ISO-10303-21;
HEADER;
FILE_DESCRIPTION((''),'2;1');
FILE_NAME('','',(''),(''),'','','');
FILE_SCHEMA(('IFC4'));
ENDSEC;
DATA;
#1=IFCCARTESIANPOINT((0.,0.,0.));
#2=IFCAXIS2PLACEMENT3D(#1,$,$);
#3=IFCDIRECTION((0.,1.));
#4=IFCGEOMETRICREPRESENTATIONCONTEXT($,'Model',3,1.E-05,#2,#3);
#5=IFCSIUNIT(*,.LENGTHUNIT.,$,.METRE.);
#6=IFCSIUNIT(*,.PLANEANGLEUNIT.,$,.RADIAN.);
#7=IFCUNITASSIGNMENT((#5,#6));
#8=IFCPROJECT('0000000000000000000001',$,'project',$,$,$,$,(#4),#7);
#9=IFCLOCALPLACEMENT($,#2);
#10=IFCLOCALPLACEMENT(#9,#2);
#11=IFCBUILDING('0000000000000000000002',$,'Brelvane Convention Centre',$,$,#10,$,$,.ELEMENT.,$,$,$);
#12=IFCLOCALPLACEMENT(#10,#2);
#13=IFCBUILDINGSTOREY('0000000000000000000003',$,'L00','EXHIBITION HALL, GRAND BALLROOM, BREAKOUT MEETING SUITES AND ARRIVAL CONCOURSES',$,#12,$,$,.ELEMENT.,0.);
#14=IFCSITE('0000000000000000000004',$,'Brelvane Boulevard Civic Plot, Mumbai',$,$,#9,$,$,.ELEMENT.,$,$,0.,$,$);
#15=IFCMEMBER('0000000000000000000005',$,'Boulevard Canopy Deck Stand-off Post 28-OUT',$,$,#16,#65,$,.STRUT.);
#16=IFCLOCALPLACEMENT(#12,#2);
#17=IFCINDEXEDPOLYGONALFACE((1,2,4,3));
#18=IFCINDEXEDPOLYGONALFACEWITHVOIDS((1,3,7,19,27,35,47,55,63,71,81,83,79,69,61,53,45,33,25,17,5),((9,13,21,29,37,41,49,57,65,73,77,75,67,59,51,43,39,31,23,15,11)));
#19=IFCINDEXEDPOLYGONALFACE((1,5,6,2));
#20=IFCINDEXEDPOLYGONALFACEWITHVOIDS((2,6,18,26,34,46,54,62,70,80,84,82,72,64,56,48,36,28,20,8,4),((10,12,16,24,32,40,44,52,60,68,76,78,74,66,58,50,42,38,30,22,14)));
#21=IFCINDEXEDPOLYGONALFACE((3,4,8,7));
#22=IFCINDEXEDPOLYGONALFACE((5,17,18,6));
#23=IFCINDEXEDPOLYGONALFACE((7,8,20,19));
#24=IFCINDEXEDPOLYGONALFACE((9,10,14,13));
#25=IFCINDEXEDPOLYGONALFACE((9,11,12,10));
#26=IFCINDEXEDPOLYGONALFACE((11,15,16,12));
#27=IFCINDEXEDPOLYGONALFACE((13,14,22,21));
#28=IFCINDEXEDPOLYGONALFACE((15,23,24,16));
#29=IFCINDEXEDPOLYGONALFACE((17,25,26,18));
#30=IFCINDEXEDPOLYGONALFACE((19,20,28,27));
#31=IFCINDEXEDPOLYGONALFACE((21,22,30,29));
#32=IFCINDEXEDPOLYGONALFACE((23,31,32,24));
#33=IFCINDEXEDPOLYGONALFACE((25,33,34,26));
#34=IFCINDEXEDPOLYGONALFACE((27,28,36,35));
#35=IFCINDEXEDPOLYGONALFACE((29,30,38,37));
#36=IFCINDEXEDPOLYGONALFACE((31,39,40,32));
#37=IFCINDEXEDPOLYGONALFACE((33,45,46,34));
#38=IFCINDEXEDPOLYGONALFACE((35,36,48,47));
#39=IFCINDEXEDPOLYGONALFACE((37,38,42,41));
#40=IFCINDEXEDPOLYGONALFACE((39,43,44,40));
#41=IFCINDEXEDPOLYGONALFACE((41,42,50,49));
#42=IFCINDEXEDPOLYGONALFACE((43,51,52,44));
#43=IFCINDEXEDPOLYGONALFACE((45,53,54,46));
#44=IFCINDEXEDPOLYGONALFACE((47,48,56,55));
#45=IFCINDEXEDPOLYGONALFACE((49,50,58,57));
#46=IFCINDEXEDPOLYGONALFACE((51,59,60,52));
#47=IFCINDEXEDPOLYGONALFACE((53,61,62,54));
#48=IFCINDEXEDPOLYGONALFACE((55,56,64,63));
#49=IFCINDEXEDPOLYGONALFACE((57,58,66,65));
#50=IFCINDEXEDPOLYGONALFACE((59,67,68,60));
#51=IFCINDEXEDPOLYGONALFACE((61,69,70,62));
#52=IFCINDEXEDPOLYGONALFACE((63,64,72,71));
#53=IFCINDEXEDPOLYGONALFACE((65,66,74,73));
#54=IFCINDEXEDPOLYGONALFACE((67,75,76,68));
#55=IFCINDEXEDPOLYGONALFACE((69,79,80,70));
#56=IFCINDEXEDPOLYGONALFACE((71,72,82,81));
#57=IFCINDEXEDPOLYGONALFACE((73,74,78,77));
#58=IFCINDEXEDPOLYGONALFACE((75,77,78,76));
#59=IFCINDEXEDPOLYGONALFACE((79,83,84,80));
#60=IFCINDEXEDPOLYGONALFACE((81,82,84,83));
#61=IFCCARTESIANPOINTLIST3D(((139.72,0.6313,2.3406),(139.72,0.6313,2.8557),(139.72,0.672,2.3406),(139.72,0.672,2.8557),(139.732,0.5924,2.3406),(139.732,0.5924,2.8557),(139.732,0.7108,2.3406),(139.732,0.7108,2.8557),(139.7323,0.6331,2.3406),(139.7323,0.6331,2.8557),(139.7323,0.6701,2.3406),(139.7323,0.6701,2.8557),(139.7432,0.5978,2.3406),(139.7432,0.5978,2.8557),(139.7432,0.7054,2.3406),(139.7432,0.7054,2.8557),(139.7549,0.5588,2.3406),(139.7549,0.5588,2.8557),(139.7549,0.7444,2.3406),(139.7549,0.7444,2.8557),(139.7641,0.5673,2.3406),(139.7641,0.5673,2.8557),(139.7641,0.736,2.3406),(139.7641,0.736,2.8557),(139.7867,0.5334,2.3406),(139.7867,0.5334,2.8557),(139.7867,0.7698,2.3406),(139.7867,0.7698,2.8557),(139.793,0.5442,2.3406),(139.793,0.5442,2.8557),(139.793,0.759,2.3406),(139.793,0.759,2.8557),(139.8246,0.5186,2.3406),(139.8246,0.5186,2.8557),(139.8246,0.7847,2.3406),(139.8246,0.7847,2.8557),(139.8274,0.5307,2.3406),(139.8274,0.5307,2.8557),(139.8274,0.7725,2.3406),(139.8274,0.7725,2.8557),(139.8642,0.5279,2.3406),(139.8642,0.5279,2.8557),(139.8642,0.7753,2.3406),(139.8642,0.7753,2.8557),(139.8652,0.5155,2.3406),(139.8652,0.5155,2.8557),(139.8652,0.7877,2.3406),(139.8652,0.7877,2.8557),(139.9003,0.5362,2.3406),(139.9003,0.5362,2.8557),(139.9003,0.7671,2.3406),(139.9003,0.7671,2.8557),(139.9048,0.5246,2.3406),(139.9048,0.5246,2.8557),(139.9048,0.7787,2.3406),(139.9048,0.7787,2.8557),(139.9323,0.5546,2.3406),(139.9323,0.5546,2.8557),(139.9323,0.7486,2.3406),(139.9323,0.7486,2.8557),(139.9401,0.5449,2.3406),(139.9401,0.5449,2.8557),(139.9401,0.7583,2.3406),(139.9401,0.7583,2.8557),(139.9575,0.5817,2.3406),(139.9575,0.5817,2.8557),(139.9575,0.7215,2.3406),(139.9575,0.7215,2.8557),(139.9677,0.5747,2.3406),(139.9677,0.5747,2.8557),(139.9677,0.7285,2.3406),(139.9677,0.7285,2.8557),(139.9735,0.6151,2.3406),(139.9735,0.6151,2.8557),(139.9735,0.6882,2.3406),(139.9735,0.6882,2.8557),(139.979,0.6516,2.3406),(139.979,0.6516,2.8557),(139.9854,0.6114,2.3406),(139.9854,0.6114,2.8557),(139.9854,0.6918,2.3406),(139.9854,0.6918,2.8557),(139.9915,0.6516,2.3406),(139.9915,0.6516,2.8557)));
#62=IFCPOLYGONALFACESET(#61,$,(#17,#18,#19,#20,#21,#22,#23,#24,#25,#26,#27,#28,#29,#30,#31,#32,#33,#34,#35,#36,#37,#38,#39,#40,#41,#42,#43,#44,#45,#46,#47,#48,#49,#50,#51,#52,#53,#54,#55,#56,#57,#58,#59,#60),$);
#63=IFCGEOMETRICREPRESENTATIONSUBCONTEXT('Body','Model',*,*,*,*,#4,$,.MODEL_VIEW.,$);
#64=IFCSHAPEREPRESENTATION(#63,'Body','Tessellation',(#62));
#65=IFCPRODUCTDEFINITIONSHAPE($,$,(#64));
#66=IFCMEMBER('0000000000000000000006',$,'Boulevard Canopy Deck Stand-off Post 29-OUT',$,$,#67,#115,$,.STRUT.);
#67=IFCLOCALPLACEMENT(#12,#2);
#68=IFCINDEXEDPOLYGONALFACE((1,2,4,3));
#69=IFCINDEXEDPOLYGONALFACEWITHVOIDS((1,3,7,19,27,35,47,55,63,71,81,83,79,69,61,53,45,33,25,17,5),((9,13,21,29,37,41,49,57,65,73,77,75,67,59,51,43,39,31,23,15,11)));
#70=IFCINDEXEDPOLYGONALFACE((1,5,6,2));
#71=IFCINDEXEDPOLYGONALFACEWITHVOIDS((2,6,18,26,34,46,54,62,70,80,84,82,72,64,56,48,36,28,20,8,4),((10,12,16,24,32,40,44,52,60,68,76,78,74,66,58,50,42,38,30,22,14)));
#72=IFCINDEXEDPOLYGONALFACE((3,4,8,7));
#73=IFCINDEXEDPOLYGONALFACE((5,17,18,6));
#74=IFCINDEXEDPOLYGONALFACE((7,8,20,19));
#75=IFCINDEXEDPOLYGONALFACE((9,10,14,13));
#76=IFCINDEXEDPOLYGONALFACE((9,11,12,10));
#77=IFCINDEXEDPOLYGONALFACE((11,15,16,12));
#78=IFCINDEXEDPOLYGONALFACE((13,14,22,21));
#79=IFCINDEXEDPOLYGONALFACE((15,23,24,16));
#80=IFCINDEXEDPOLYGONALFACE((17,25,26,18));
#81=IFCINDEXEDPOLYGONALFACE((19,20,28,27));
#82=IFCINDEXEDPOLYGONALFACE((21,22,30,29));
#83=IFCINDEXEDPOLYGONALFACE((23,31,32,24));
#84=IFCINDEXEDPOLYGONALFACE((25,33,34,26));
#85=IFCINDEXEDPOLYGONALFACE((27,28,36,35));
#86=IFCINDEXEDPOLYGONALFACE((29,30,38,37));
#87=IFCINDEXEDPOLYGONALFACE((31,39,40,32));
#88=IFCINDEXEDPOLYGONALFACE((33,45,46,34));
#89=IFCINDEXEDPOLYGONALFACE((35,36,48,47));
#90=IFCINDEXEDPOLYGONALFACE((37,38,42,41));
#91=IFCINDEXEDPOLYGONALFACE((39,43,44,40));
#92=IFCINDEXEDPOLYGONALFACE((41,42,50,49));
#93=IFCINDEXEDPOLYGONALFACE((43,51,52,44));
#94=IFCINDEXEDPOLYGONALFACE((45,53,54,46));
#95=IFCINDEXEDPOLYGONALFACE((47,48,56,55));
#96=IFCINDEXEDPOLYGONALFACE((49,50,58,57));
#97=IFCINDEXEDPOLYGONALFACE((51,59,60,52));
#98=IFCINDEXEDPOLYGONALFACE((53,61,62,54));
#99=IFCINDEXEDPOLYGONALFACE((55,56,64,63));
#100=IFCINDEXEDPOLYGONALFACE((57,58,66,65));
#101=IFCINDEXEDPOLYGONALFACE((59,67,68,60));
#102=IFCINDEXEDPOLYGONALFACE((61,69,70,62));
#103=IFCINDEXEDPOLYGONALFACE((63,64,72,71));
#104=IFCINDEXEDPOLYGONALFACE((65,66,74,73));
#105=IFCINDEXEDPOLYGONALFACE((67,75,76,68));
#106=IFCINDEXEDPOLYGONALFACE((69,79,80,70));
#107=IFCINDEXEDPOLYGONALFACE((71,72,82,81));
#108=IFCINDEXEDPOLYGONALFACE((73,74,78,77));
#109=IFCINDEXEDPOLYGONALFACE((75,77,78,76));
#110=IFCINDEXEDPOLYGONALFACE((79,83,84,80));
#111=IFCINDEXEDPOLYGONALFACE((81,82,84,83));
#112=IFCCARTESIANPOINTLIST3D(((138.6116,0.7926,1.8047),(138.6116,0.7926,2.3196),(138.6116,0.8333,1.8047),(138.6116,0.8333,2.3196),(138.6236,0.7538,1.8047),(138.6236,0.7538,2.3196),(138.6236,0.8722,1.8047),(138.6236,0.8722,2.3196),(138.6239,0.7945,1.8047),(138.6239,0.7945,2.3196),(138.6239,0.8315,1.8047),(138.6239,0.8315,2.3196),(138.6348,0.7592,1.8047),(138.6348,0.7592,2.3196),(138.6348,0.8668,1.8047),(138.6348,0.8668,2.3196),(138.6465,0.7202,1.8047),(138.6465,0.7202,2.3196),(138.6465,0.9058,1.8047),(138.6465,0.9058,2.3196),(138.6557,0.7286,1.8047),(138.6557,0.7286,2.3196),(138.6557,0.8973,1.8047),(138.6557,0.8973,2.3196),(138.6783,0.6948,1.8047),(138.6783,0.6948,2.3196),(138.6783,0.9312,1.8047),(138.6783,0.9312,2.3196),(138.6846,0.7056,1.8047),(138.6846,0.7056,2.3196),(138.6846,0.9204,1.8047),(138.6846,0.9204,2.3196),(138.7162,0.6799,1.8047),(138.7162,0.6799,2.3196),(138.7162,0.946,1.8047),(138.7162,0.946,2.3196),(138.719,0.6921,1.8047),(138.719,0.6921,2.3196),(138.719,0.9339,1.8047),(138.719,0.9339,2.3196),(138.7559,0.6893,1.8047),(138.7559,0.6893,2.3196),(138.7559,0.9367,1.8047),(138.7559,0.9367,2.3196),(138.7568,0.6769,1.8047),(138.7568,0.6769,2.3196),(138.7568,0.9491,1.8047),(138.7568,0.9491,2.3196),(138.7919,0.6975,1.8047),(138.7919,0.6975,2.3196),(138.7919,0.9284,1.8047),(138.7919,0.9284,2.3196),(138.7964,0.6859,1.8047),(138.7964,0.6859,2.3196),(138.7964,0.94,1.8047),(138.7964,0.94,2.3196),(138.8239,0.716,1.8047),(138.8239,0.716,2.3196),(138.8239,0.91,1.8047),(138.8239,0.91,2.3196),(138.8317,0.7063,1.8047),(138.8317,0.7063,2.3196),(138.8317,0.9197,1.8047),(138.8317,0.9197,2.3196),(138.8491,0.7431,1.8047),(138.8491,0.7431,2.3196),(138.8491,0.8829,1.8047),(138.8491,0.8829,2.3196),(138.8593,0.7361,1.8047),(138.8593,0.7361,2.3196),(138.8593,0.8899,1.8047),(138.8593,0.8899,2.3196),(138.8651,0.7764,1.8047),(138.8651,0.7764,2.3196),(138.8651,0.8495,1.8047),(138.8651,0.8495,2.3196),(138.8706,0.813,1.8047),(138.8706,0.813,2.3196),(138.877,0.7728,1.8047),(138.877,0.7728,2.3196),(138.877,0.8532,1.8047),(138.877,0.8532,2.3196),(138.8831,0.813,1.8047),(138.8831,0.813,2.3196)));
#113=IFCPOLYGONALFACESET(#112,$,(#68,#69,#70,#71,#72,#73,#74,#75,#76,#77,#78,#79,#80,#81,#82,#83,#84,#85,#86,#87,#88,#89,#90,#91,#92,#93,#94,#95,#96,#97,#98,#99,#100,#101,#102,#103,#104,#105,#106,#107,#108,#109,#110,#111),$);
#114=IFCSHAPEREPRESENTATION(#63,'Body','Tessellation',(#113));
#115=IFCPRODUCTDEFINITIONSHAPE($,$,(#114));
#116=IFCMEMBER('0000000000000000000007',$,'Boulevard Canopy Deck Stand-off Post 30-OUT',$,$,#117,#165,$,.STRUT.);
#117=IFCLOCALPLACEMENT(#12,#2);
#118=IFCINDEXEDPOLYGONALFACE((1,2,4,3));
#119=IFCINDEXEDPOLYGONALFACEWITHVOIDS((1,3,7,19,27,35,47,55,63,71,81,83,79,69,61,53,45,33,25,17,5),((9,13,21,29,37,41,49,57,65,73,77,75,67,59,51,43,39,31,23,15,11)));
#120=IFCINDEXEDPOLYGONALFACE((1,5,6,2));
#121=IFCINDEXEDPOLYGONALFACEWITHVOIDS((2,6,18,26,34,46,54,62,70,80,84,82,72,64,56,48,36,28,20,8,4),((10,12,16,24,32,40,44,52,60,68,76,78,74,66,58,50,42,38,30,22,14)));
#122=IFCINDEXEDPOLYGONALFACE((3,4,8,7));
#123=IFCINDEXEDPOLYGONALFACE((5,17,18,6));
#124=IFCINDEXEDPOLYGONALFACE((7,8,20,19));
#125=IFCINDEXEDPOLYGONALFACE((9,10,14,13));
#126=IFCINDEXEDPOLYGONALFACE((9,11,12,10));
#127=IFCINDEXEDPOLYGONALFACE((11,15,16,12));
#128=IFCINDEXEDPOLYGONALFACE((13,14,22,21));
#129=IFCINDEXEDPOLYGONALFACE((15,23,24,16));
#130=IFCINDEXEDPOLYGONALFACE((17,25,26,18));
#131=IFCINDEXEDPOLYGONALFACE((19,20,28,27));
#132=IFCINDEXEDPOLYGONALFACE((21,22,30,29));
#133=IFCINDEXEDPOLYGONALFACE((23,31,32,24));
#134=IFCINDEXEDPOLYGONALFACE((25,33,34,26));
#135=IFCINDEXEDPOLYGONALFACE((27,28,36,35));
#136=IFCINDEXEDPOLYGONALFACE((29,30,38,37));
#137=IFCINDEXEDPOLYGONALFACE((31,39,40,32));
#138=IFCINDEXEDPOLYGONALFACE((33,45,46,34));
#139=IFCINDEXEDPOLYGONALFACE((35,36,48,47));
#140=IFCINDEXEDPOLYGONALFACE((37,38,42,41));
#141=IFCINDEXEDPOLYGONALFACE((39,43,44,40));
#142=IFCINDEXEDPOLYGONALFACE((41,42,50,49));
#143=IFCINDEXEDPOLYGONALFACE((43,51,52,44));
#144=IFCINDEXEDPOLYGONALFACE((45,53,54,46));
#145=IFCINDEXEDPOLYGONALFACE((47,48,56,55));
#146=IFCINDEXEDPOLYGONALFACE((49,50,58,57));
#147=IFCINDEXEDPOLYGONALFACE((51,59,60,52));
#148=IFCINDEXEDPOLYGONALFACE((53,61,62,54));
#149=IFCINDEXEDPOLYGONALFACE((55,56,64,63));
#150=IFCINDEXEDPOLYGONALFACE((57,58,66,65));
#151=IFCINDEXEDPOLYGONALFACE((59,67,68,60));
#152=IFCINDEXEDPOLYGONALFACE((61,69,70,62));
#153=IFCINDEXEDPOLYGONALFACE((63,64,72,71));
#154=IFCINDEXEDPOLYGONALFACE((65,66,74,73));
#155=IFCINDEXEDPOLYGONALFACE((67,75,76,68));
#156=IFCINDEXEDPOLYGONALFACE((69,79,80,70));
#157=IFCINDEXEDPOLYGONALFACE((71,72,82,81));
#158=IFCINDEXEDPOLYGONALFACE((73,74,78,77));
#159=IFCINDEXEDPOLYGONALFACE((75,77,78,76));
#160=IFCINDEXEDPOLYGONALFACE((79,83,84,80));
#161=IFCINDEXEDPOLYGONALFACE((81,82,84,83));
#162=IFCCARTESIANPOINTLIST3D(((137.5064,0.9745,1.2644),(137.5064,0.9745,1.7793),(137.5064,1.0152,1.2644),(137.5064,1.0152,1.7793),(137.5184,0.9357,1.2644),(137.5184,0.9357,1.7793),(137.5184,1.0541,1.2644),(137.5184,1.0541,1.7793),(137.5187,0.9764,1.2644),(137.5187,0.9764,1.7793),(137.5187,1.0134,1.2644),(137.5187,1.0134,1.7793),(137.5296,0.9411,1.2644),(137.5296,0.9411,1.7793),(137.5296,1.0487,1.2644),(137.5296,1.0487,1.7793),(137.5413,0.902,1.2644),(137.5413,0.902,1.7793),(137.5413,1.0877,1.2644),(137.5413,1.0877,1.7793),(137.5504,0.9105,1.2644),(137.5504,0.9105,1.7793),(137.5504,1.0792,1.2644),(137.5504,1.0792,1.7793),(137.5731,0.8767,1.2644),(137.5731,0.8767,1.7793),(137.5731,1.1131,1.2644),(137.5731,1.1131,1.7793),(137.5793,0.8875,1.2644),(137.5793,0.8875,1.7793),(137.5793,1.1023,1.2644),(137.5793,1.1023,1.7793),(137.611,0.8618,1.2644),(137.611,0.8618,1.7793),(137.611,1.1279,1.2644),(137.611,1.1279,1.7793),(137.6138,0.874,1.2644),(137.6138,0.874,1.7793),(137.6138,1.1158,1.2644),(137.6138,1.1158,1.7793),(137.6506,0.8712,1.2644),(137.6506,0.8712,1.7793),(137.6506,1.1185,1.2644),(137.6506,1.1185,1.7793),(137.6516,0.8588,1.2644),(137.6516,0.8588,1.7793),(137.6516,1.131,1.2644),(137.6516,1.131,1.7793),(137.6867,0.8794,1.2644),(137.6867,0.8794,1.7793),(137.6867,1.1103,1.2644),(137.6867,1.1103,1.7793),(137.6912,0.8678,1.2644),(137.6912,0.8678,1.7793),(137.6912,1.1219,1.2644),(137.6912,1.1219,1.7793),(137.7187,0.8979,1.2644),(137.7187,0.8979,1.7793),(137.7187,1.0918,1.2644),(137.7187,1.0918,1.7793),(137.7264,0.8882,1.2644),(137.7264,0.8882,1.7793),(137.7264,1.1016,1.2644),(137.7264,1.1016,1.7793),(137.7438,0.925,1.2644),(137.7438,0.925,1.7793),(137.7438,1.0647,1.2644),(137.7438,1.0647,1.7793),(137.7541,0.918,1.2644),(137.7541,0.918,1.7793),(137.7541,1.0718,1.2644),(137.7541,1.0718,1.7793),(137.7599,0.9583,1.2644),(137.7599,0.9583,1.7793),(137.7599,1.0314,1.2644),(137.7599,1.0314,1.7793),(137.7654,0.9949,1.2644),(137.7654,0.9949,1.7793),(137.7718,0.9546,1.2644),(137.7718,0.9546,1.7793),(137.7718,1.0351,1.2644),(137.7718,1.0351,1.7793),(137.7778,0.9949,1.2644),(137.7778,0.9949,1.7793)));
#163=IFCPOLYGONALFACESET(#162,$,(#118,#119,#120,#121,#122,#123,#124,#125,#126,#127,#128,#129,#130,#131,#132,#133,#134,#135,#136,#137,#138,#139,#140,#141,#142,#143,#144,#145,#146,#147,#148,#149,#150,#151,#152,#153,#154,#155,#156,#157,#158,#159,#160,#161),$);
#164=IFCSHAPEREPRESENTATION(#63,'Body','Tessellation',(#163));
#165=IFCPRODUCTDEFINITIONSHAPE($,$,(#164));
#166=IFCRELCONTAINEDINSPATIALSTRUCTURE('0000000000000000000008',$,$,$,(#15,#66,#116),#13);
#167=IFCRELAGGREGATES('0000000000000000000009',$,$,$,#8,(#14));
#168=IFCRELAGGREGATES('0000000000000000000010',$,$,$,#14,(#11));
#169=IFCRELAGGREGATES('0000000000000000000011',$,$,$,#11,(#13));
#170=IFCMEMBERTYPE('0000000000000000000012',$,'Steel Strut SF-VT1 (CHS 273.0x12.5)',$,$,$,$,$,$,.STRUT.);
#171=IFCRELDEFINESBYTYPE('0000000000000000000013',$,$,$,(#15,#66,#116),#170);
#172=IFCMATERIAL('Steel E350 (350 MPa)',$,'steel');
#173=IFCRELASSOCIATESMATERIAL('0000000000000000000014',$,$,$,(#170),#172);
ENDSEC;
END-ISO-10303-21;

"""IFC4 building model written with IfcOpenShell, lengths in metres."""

from ifc_helpers import new_model, si_unit, direction, frame, origin, origin_2d, place, context, subcontext, project, spatial, hollow_circle, extrude, material, material_profile, profile_set, type_object, element, save


model = new_model("IFC4")

# Units and contexts
model_context = context("Model", 3, precision=1e-05, world=origin(), true_north=direction((0.0, 1.0)))
body_context = subcontext(model_context, "Body", "Model", "MODEL_VIEW")
ifc_project = project(units=[si_unit("LENGTHUNIT", "METRE"), si_unit("PLANEANGLEUNIT", "RADIAN")], contexts=[model_context])

# Site, building, storey
site_placement = place(None, origin())
site = spatial("IfcSite", under=ifc_project, at=site_placement, Name="Brelvane Boulevard Civic Plot, Mumbai", CompositionType="ELEMENT", RefElevation=0.0)
building_placement = place(site_placement, origin())
building = spatial("IfcBuilding", under=site, at=building_placement, Name="Brelvane Convention Centre", CompositionType="ELEMENT")
storey_placement = place(building_placement, origin())
storey = spatial("IfcBuildingStorey", under=building, at=storey_placement, Name="L00", Description="EXHIBITION HALL, GRAND BALLROOM, BREAKOUT MEETING SUITES AND ARRIVAL CONCOURSES", CompositionType="ELEMENT", Elevation=0.0)

# Members
ifc_material_1 = material(Name="Steel E350 (350 MPa)", Category="steel")
ifc_material_profile_1 = material_profile(ifc_material_1, hollow_circle(Radius=0.1365, WallThickness=0.0125, at=origin_2d()), Name="CHS 273.0x12.5")
ifc_profile_set_1 = profile_set([ifc_material_profile_1], Name="Steel E350 (350 MPa)")
member_type_1 = type_object("IfcMemberType", Name="Steel Strut SF-VT1 (CHS 273.0x12.5)", PredefinedType="STRUT", material=ifc_profile_set_1)
member_1_placement = place(storey_placement, frame((139.855, 0.6516, 2.3406), z_axis=(0.0, 0.0, 1.0), x_axis=(1.0, 0.0, 0.0)))
element("IfcMember", 1, at=member_1_placement, inside=storey, type_object=member_type_1, Name="Boulevard Canopy Deck Stand-off Post 28-OUT", PredefinedType="STRUT", context=body_context, shape_type="SweptSolid", body=[
    extrude(hollow_circle(Radius=0.1365, WallThickness=0.0125, at=origin_2d()), origin(), (0.0, 0.0, 1.0), 0.5151),
])
for number, where, z_axis, x_axis, name in (
    (2, (138.7466, 0.813, 1.8047), (0.0, 0.0, 1.0), (1.0, 0.0, 0.0), "Boulevard Canopy Deck Stand-off Post 29-OUT"),
    (3, (137.6414, 0.9949, 1.2644), (0.0, 0.0, 1.0), (1.0, 0.0, 0.0), "Boulevard Canopy Deck Stand-off Post 30-OUT"),
):
    element("IfcMember", number, at=place(storey_placement, frame(where, z_axis=z_axis, x_axis=x_axis)), inside=storey, type_object=member_type_1, Name=name, PredefinedType="STRUT", context=body_context, shape_type="SweptSolid", body=[
        extrude(hollow_circle(Radius=0.1365, WallThickness=0.0125, at=origin_2d()), origin(), (0.0, 0.0, 1.0), 0.5149),
    ])

save(model, "model.ifc")
